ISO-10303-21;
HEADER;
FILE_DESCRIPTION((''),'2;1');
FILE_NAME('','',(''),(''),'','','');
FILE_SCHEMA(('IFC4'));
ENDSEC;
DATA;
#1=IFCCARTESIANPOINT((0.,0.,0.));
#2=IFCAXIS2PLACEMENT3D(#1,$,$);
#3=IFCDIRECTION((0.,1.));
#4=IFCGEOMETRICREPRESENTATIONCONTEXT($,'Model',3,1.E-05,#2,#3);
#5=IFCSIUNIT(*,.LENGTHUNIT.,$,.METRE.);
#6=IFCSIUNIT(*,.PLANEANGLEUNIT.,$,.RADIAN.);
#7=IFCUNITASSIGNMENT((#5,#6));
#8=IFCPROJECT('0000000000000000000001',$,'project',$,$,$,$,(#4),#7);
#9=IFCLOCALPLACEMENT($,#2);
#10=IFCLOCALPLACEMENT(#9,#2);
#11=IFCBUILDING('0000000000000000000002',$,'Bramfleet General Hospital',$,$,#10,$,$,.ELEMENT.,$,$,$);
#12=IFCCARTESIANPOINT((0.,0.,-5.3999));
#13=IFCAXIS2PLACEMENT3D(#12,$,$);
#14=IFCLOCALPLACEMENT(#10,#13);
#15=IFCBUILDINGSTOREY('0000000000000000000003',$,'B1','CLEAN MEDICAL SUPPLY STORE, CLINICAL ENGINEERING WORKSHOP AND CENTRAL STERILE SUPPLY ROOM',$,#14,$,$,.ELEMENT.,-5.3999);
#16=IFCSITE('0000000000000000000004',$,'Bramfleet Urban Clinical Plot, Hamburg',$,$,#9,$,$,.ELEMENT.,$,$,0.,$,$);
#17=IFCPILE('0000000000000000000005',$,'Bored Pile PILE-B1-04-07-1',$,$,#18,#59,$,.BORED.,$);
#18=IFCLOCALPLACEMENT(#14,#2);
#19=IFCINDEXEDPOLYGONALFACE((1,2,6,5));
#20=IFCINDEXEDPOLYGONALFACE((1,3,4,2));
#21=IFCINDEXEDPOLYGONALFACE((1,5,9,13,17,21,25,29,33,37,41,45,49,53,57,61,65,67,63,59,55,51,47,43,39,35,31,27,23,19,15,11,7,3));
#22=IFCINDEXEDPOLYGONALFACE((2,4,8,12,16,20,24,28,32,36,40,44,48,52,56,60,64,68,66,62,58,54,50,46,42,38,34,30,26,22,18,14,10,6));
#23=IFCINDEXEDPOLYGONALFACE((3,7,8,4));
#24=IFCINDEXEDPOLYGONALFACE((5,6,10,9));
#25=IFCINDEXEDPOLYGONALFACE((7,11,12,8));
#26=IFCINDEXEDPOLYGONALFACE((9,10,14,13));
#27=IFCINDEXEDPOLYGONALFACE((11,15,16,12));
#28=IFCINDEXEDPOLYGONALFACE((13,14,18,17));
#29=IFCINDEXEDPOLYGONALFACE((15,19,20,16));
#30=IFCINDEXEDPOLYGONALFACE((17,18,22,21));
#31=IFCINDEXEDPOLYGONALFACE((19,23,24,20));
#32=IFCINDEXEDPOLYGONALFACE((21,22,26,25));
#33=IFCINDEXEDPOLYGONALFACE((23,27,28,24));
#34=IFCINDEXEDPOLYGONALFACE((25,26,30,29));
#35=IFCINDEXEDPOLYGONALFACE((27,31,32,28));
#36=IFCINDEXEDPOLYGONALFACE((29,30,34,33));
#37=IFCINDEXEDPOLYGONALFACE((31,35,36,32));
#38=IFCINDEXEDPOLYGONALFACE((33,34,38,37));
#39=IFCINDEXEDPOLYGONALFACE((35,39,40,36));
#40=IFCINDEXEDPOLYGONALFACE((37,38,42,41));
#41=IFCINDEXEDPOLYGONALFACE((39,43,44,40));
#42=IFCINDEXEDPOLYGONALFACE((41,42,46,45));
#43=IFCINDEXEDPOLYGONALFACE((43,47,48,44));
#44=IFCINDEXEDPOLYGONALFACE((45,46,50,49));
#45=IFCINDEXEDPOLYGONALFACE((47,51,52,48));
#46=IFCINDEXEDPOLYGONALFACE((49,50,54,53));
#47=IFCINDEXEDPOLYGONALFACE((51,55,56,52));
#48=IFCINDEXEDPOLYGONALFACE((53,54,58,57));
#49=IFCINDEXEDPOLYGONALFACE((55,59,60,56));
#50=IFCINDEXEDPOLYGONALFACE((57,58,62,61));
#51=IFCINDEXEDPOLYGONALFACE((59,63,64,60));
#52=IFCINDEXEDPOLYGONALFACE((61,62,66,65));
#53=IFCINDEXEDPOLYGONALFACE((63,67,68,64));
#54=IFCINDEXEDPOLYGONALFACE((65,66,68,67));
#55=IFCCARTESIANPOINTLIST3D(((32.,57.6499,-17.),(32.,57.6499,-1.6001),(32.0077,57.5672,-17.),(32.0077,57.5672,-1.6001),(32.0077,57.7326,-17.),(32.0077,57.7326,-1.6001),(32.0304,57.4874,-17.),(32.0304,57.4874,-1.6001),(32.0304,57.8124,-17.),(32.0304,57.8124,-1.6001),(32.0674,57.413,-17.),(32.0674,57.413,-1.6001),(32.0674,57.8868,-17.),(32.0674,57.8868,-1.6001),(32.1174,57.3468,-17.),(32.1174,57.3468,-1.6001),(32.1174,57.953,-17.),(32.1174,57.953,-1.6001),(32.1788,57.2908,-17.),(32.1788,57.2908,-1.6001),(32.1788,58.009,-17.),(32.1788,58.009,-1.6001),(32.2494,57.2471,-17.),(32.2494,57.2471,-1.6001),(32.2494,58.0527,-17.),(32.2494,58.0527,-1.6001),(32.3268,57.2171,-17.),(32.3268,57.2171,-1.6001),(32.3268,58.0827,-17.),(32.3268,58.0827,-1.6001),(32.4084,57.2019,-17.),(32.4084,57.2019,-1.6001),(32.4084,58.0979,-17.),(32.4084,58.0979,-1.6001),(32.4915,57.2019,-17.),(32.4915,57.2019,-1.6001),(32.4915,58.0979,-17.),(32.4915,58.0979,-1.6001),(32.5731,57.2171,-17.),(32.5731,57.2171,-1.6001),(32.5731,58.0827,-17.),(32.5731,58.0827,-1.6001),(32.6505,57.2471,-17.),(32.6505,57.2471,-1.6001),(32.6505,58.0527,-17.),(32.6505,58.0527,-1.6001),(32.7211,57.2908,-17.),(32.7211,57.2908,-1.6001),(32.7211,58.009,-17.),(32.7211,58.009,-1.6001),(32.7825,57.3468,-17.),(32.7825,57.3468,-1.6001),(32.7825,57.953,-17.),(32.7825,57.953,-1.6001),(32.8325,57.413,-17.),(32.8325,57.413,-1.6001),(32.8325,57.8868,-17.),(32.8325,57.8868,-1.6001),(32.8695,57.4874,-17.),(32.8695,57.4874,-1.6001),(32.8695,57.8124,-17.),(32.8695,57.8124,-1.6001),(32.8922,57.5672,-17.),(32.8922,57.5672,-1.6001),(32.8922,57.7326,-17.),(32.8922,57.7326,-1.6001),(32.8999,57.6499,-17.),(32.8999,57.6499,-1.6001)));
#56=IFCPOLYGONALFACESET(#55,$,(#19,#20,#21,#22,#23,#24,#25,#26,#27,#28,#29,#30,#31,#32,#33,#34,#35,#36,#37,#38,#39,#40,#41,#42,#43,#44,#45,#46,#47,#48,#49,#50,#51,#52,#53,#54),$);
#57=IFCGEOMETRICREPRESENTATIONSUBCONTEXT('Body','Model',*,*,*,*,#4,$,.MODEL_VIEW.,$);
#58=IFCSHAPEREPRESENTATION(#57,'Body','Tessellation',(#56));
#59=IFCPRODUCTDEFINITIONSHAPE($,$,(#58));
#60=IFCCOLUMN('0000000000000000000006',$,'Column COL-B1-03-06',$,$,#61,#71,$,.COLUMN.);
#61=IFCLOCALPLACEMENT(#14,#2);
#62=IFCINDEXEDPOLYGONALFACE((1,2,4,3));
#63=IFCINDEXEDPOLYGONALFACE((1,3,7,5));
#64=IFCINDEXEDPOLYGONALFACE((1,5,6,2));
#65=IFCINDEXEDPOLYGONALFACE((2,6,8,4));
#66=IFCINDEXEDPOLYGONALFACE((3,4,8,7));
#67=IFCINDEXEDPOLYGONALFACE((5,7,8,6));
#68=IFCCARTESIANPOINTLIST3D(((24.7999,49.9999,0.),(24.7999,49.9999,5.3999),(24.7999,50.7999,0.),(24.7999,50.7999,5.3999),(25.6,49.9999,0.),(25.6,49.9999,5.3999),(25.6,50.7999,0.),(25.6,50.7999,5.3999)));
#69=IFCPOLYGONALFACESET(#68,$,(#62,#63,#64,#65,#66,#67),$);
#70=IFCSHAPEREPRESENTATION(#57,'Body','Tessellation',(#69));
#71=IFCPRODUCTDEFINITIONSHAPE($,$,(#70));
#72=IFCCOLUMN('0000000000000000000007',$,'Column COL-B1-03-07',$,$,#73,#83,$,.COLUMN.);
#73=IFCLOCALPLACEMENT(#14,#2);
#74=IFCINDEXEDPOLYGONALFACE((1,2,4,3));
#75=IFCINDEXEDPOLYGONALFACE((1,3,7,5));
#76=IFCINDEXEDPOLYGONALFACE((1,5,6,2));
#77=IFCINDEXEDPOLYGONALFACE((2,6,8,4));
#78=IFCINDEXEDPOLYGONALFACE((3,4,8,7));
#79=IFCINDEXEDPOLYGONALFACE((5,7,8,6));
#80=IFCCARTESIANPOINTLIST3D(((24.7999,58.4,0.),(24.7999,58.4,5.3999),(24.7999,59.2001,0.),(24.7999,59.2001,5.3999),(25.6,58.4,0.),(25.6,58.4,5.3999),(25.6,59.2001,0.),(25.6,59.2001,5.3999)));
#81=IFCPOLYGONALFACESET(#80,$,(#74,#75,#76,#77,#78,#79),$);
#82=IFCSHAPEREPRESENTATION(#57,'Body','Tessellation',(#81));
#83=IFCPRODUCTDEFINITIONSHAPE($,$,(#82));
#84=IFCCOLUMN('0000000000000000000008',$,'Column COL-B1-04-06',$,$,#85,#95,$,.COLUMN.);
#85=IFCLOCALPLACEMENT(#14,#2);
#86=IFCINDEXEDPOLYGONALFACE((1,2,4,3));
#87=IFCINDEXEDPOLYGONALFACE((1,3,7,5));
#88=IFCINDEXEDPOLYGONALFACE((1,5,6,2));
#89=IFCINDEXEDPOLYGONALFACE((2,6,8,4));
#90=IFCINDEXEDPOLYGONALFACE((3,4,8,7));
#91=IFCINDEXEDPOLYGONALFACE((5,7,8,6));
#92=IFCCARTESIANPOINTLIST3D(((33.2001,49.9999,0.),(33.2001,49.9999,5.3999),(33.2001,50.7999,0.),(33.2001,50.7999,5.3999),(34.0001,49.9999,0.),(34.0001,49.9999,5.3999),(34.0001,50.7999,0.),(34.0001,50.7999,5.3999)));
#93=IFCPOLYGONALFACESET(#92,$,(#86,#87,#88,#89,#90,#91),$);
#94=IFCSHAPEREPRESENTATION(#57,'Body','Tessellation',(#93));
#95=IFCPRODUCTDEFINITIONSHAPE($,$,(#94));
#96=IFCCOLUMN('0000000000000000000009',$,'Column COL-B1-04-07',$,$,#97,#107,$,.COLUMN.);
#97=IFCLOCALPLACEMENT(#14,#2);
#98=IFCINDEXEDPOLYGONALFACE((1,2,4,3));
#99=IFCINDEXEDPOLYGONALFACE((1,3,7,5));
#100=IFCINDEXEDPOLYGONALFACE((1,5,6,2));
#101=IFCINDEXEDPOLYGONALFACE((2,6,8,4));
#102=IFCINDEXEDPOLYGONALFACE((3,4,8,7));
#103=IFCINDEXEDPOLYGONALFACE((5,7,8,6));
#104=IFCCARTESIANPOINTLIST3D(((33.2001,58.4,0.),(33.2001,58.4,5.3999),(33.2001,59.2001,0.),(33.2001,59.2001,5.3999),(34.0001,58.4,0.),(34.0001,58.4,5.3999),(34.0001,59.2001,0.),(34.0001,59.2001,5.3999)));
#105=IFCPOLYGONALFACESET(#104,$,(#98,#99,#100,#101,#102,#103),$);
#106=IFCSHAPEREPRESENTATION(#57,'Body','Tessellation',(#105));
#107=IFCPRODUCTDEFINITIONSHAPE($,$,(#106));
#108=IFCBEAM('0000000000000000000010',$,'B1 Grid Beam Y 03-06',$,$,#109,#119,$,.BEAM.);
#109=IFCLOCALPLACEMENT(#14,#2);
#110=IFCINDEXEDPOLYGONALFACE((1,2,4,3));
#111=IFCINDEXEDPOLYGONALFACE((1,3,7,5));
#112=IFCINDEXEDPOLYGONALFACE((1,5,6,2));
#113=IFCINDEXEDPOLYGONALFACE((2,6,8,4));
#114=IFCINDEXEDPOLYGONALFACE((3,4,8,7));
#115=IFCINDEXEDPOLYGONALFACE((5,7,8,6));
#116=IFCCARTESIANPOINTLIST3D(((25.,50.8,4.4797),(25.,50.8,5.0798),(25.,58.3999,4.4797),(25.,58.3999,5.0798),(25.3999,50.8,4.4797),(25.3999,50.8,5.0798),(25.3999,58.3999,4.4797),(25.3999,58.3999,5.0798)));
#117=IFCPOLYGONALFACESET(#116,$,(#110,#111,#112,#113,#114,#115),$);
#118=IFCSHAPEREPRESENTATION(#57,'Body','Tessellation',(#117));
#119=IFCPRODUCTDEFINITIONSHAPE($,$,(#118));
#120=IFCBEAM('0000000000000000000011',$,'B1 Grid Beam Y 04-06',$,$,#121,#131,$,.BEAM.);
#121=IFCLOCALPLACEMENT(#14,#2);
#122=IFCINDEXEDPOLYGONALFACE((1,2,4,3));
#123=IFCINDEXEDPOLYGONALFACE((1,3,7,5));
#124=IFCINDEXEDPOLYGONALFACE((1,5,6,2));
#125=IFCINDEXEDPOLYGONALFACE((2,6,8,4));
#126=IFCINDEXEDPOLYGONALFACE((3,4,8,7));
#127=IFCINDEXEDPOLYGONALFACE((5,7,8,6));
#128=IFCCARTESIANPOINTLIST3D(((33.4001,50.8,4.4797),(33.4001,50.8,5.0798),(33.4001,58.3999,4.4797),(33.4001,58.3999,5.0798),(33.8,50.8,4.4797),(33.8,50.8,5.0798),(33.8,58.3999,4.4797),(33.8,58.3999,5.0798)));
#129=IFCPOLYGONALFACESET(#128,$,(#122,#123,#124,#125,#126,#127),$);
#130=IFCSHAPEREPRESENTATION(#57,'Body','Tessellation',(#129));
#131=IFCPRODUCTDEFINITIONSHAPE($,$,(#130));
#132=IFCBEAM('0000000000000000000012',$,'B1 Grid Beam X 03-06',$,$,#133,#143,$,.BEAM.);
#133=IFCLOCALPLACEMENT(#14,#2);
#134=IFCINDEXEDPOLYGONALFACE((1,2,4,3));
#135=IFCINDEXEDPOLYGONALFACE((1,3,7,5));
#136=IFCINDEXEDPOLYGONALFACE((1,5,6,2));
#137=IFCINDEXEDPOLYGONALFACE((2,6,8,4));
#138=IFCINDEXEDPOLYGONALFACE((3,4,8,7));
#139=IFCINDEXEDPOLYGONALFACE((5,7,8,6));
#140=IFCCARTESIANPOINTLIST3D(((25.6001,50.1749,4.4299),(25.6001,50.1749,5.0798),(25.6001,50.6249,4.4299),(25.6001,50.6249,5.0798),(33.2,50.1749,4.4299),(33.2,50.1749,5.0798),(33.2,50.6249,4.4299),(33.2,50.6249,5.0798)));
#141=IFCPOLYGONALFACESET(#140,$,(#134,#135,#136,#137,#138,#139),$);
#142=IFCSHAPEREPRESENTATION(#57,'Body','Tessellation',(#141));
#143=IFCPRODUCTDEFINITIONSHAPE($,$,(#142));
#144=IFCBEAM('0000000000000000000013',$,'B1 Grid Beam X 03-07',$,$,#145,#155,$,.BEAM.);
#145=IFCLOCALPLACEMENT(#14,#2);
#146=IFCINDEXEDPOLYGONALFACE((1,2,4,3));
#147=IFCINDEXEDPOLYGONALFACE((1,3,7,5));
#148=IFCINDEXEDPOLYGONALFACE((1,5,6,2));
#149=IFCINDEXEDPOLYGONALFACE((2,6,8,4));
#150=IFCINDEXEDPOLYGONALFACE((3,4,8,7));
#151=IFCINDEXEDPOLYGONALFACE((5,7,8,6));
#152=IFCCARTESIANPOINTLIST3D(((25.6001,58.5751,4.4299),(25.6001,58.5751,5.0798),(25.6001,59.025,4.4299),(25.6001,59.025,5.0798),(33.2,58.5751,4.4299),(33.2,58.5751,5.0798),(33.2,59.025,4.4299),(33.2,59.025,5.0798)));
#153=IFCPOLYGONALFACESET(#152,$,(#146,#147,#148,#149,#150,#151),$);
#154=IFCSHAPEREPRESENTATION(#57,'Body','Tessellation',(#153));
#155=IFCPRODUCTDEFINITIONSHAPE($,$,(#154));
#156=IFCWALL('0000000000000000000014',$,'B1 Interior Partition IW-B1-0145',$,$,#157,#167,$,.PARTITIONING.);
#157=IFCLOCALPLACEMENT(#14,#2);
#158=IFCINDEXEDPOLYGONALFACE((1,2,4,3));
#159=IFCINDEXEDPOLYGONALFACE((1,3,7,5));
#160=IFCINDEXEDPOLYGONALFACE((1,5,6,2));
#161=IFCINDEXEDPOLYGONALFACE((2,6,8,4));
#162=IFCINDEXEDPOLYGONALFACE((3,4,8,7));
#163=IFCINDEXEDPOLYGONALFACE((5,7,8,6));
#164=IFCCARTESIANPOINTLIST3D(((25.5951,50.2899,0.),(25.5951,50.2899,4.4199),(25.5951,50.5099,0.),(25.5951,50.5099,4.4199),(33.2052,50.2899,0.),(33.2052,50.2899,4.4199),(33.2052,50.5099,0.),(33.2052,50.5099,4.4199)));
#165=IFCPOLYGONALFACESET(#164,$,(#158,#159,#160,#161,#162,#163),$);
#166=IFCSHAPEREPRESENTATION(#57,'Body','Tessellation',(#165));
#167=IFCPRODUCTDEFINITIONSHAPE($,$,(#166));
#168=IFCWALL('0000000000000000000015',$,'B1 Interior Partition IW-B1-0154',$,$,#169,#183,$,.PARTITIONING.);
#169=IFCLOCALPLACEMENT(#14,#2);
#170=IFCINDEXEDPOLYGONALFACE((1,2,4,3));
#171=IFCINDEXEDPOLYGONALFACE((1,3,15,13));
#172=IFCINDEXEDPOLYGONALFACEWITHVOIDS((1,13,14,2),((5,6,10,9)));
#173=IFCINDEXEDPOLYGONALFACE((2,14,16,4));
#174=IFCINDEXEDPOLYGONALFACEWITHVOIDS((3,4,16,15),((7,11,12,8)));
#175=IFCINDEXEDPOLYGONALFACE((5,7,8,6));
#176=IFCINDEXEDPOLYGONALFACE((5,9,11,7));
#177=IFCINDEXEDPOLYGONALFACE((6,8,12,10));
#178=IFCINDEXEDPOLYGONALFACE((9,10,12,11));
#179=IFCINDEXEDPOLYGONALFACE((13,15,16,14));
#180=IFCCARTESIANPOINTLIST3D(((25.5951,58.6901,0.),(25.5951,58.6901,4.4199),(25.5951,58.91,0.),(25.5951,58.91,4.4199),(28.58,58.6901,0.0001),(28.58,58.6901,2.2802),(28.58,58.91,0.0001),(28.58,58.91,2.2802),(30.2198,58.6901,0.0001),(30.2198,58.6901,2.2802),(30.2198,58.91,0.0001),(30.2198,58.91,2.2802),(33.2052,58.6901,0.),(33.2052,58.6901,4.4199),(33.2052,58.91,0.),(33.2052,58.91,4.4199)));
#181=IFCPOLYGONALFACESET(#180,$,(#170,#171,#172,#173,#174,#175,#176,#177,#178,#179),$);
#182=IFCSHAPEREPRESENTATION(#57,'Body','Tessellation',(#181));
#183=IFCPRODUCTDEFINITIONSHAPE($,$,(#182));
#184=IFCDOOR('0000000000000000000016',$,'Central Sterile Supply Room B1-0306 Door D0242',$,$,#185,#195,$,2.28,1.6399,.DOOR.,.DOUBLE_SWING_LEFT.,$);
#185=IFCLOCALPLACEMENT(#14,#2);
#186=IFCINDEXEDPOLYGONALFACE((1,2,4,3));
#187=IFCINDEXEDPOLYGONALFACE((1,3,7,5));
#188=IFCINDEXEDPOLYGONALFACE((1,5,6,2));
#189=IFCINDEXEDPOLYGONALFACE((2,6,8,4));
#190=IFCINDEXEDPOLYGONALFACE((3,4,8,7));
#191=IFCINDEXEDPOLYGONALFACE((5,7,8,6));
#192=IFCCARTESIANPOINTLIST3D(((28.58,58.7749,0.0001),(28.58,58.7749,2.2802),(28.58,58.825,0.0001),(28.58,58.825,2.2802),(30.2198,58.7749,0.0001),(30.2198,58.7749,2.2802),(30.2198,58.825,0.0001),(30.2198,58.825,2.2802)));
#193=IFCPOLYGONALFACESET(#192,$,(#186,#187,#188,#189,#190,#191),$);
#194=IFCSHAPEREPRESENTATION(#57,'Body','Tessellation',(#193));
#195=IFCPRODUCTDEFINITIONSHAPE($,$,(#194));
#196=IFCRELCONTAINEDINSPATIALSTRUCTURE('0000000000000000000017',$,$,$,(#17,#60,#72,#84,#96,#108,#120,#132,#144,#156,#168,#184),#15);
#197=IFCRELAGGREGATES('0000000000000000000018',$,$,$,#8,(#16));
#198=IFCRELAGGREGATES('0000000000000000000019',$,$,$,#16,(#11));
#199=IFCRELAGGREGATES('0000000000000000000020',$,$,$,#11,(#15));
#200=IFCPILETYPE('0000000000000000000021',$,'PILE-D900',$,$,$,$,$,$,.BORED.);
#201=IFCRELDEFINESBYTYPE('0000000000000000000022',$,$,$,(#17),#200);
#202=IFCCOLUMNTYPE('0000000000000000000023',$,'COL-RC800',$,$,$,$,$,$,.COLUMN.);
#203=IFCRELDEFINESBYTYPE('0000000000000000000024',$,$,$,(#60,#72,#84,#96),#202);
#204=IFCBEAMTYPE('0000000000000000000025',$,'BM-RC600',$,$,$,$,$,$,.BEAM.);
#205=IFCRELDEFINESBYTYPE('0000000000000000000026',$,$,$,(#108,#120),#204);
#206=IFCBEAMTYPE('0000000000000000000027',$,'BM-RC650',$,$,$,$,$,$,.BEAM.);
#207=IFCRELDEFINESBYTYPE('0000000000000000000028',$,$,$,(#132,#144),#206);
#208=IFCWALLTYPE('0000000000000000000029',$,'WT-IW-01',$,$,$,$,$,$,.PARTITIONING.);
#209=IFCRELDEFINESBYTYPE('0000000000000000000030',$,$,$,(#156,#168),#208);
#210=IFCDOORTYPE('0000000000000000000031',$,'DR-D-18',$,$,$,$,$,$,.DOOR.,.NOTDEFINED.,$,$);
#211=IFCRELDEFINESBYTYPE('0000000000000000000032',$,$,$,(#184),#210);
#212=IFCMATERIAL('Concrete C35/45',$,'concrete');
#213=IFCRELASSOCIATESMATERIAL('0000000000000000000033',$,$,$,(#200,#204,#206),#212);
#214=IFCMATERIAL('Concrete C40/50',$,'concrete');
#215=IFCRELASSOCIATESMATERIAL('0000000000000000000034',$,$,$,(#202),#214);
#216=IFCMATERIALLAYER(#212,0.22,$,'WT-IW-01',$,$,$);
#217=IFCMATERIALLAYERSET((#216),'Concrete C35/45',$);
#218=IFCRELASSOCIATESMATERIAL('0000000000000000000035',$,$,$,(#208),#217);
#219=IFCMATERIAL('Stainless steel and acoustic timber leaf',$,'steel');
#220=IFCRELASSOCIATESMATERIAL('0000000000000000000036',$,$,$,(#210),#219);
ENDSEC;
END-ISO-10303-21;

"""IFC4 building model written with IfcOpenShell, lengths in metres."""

from ifc_helpers import new_model, si_unit, direction, frame, frame_2d, origin, origin_2d, place, context, subcontext, project, spatial, rectangle, circle, extrude, material, layer, layer_set, material_profile, profile_set, type_object, element, fill, save


model = new_model("IFC4")

# Units and contexts
model_context = context("Model", 3, precision=1e-05, world=origin(), true_north=direction((0.0, 1.0)))
body_context = subcontext(model_context, "Body", "Model", "MODEL_VIEW")
ifc_project = project(units=[si_unit("LENGTHUNIT", "METRE"), si_unit("PLANEANGLEUNIT", "RADIAN")], contexts=[model_context])

# Site, building, storey
site_placement = place(None, origin())
site = spatial("IfcSite", under=ifc_project, at=site_placement, Name="Bramfleet Urban Clinical Plot, Hamburg", CompositionType="ELEMENT", RefElevation=0.0)
building_placement = place(site_placement, origin())
building = spatial("IfcBuilding", under=site, at=building_placement, Name="Bramfleet General Hospital", CompositionType="ELEMENT")
storey_placement = place(building_placement, frame((0.0, 0.0, -5.3999)))
storey = spatial("IfcBuildingStorey", under=building, at=storey_placement, Name="B1", Description="CLEAN MEDICAL SUPPLY STORE, CLINICAL ENGINEERING WORKSHOP AND CENTRAL STERILE SUPPLY ROOM", CompositionType="ELEMENT", Elevation=-5.3999)

# Shared definitions
ifc_material_1 = material(Name="Concrete C35/45", Category="concrete")

# Pile
ifc_material_profile_1 = material_profile(ifc_material_1, circle(Radius=0.45, at=origin_2d()), Name="PILE BORED D900")
ifc_profile_set_1 = profile_set([ifc_material_profile_1], Name="Concrete C35/45")
pile_type_1 = type_object("IfcPileType", Name="PILE-D900", PredefinedType="BORED", material=ifc_profile_set_1)
for number, where, z_axis, x_axis, name in (
    (1, (32.45, 57.6499, -1.6001), (0.0, 0.0, -1.0), (1.0, 0.0, 0.0), "Bored Pile PILE-B1-04-07-1"),
):
    element("IfcPile", number, at=place(storey_placement, frame(where, z_axis=z_axis, x_axis=x_axis)), inside=storey, type_object=pile_type_1, Name=name, PredefinedType="BORED", context=body_context, shape_type="SweptSolid", body=[
        extrude(circle(Radius=0.45, at=origin_2d()), origin(), (0.0, 0.0, 1.0), 15.3999),
    ])

# Columns
ifc_material_2 = material(Name="Concrete C40/50", Category="concrete")
ifc_material_profile_2 = material_profile(ifc_material_2, rectangle(XDim=0.8, YDim=0.8, at=origin_2d()), Name="RC COL 800x800")
ifc_profile_set_2 = profile_set([ifc_material_profile_2], Name="Concrete C40/50")
column_type = type_object("IfcColumnType", Name="COL-RC800", PredefinedType="COLUMN", material=ifc_profile_set_2)
for number, where, z_axis, x_axis, name in (
    (2, (25.2, 50.3999, 0.0), (0.0, 0.0, 1.0), (1.0, 0.0, 0.0), "Column COL-B1-03-06"),
    (3, (25.2, 58.8, 0.0), (0.0, 0.0, 1.0), (1.0, 0.0, 0.0), "Column COL-B1-03-07"),
    (4, (33.6001, 50.3999, 0.0), (0.0, 0.0, 1.0), (1.0, 0.0, 0.0), "Column COL-B1-04-06"),
    (5, (33.6001, 58.8, 0.0), (0.0, 0.0, 1.0), (1.0, 0.0, 0.0), "Column COL-B1-04-07"),
):
    element("IfcColumn", number, at=place(storey_placement, frame(where, z_axis=z_axis, x_axis=x_axis)), inside=storey, type_object=column_type, Name=name, PredefinedType="COLUMN", context=body_context, shape_type="SweptSolid", body=[
        extrude(rectangle(XDim=0.8, YDim=0.8, at=origin_2d()), origin(), (0.0, 0.0, 1.0), 5.3999),
    ])

# Beams
ifc_material_profile_3 = material_profile(ifc_material_1, rectangle(XDim=0.3999, YDim=0.6001, at=origin_2d()), Name="RC BM 600x400")
ifc_profile_set_3 = profile_set([ifc_material_profile_3], Name="Concrete C35/45")
beam_type_1 = type_object("IfcBeamType", Name="BM-RC600", PredefinedType="BEAM", material=ifc_profile_set_3)
for number, where, z_axis, x_axis, name in (
    (6, (25.2, 50.8, 4.7798), (0.0, 1.0, 0.0), (-1.0, 0.0, 0.0), "B1 Grid Beam Y 03-06"),
    (7, (33.6001, 50.8, 4.7798), (0.0, 1.0, 0.0), (-1.0, 0.0, 0.0), "B1 Grid Beam Y 04-06"),
):
    element("IfcBeam", number, at=place(storey_placement, frame(where, z_axis=z_axis, x_axis=x_axis)), inside=storey, type_object=beam_type_1, Name=name, PredefinedType="BEAM", context=body_context, shape_type="SweptSolid", body=[
        extrude(rectangle(XDim=0.3999, YDim=0.6001, at=origin_2d()), origin(), (0.0, 0.0, 1.0), 7.5999),
    ])
ifc_material_profile_4 = material_profile(ifc_material_1, rectangle(XDim=0.45, YDim=0.6499, at=origin_2d()), Name="RC BM 650x450")
ifc_profile_set_4 = profile_set([ifc_material_profile_4], Name="Concrete C35/45")
beam_type_2 = type_object("IfcBeamType", Name="BM-RC650", PredefinedType="BEAM", material=ifc_profile_set_4)
for number, where, z_axis, x_axis, name in (
    (8, (25.6001, 50.3999, 4.7549), (1.0, 0.0, 0.0), (0.0, 1.0, 0.0), "B1 Grid Beam X 03-06"),
    (9, (25.6001, 58.8, 4.7549), (1.0, 0.0, 0.0), (0.0, 1.0, 0.0), "B1 Grid Beam X 03-07"),
):
    element("IfcBeam", number, at=place(storey_placement, frame(where, z_axis=z_axis, x_axis=x_axis)), inside=storey, type_object=beam_type_2, Name=name, PredefinedType="BEAM", context=body_context, shape_type="SweptSolid", body=[
        extrude(rectangle(XDim=0.45, YDim=0.6499, at=origin_2d()), origin(), (0.0, 0.0, 1.0), 7.5999),
    ])

# Wall
ifc_layer = layer(ifc_material_1, 0.22, Name="WT-IW-01")
ifc_layer_set = layer_set([ifc_layer], Name="Concrete C35/45")
wall_type = type_object("IfcWallType", Name="WT-IW-01", PredefinedType="PARTITIONING", material=ifc_layer_set)
wall_1_placement = place(storey_placement, frame((25.595, 50.3999, 0.0), z_axis=(0.0, 0.0, 1.0), x_axis=(1.0, 0.0, 0.0)))
element("IfcWall", 10, at=wall_1_placement, inside=storey, type_object=wall_type, Name="B1 Interior Partition IW-B1-0145", PredefinedType="PARTITIONING", context=body_context, shape_type="SweptSolid", body=[
    extrude(rectangle(XDim=7.6101, YDim=0.22, at=frame_2d((3.8052, 0.0))), origin(), (0.0, 0.0, 1.0), 4.4199),
])

# Wall, opening, door
wall_2_placement = place(storey_placement, frame((25.595, 58.8, 0.0), z_axis=(0.0, 0.0, 1.0), x_axis=(1.0, 0.0, 0.0)))
wall_2 = element("IfcWall", 11, at=wall_2_placement, inside=storey, type_object=wall_type, Name="B1 Interior Partition IW-B1-0154", PredefinedType="PARTITIONING", context=body_context, shape_type="SweptSolid", body=[
    extrude(rectangle(XDim=7.6101, YDim=0.22, at=frame_2d((3.8052, 0.0))), origin(), (0.0, 0.0, 1.0), 4.4199),
])
opening_placement = place(wall_2_placement, frame((2.9851, 0.0, 0.0)))
opening = element("IfcOpeningElement", 12, at=opening_placement, cuts=wall_2, PredefinedType="OPENING", context=body_context, shape_type="SweptSolid", body=[
    extrude(rectangle(XDim=1.6399, YDim=2.28, at=frame_2d((0.8198, 1.1401))), frame((0.0, 0.1199, 0.0), z_axis=(0.0, -1.0, 0.0), x_axis=(1.0, 0.0, 0.0)), (0.0, 0.0, 1.0), 0.24),
])
ifc_material_3 = material(Name="Stainless steel and acoustic timber leaf", Category="steel")
door_type = type_object("IfcDoorType", Name="DR-D-18", OperationType="NOTDEFINED", PredefinedType="DOOR", material=ifc_material_3)
door_placement = place(opening_placement, origin())
door = element("IfcDoor", 13, at=door_placement, inside=storey, type_object=door_type, Name="Central Sterile Supply Room B1-0306 Door D0242", OperationType="DOUBLE_SWING_LEFT", OverallHeight=2.28, OverallWidth=1.6399, PredefinedType="DOOR", context=body_context, shape_type="SweptSolid", body=[
    extrude(rectangle(XDim=1.6399, YDim=2.28, at=frame_2d((0.8198, 1.1401))), frame((0.0, 0.0249, 0.0), z_axis=(0.0, -1.0, 0.0), x_axis=(1.0, 0.0, 0.0)), (0.0, 0.0, 1.0), 0.05),
])
fill(opening, door)

save(model, "model.ifc")
